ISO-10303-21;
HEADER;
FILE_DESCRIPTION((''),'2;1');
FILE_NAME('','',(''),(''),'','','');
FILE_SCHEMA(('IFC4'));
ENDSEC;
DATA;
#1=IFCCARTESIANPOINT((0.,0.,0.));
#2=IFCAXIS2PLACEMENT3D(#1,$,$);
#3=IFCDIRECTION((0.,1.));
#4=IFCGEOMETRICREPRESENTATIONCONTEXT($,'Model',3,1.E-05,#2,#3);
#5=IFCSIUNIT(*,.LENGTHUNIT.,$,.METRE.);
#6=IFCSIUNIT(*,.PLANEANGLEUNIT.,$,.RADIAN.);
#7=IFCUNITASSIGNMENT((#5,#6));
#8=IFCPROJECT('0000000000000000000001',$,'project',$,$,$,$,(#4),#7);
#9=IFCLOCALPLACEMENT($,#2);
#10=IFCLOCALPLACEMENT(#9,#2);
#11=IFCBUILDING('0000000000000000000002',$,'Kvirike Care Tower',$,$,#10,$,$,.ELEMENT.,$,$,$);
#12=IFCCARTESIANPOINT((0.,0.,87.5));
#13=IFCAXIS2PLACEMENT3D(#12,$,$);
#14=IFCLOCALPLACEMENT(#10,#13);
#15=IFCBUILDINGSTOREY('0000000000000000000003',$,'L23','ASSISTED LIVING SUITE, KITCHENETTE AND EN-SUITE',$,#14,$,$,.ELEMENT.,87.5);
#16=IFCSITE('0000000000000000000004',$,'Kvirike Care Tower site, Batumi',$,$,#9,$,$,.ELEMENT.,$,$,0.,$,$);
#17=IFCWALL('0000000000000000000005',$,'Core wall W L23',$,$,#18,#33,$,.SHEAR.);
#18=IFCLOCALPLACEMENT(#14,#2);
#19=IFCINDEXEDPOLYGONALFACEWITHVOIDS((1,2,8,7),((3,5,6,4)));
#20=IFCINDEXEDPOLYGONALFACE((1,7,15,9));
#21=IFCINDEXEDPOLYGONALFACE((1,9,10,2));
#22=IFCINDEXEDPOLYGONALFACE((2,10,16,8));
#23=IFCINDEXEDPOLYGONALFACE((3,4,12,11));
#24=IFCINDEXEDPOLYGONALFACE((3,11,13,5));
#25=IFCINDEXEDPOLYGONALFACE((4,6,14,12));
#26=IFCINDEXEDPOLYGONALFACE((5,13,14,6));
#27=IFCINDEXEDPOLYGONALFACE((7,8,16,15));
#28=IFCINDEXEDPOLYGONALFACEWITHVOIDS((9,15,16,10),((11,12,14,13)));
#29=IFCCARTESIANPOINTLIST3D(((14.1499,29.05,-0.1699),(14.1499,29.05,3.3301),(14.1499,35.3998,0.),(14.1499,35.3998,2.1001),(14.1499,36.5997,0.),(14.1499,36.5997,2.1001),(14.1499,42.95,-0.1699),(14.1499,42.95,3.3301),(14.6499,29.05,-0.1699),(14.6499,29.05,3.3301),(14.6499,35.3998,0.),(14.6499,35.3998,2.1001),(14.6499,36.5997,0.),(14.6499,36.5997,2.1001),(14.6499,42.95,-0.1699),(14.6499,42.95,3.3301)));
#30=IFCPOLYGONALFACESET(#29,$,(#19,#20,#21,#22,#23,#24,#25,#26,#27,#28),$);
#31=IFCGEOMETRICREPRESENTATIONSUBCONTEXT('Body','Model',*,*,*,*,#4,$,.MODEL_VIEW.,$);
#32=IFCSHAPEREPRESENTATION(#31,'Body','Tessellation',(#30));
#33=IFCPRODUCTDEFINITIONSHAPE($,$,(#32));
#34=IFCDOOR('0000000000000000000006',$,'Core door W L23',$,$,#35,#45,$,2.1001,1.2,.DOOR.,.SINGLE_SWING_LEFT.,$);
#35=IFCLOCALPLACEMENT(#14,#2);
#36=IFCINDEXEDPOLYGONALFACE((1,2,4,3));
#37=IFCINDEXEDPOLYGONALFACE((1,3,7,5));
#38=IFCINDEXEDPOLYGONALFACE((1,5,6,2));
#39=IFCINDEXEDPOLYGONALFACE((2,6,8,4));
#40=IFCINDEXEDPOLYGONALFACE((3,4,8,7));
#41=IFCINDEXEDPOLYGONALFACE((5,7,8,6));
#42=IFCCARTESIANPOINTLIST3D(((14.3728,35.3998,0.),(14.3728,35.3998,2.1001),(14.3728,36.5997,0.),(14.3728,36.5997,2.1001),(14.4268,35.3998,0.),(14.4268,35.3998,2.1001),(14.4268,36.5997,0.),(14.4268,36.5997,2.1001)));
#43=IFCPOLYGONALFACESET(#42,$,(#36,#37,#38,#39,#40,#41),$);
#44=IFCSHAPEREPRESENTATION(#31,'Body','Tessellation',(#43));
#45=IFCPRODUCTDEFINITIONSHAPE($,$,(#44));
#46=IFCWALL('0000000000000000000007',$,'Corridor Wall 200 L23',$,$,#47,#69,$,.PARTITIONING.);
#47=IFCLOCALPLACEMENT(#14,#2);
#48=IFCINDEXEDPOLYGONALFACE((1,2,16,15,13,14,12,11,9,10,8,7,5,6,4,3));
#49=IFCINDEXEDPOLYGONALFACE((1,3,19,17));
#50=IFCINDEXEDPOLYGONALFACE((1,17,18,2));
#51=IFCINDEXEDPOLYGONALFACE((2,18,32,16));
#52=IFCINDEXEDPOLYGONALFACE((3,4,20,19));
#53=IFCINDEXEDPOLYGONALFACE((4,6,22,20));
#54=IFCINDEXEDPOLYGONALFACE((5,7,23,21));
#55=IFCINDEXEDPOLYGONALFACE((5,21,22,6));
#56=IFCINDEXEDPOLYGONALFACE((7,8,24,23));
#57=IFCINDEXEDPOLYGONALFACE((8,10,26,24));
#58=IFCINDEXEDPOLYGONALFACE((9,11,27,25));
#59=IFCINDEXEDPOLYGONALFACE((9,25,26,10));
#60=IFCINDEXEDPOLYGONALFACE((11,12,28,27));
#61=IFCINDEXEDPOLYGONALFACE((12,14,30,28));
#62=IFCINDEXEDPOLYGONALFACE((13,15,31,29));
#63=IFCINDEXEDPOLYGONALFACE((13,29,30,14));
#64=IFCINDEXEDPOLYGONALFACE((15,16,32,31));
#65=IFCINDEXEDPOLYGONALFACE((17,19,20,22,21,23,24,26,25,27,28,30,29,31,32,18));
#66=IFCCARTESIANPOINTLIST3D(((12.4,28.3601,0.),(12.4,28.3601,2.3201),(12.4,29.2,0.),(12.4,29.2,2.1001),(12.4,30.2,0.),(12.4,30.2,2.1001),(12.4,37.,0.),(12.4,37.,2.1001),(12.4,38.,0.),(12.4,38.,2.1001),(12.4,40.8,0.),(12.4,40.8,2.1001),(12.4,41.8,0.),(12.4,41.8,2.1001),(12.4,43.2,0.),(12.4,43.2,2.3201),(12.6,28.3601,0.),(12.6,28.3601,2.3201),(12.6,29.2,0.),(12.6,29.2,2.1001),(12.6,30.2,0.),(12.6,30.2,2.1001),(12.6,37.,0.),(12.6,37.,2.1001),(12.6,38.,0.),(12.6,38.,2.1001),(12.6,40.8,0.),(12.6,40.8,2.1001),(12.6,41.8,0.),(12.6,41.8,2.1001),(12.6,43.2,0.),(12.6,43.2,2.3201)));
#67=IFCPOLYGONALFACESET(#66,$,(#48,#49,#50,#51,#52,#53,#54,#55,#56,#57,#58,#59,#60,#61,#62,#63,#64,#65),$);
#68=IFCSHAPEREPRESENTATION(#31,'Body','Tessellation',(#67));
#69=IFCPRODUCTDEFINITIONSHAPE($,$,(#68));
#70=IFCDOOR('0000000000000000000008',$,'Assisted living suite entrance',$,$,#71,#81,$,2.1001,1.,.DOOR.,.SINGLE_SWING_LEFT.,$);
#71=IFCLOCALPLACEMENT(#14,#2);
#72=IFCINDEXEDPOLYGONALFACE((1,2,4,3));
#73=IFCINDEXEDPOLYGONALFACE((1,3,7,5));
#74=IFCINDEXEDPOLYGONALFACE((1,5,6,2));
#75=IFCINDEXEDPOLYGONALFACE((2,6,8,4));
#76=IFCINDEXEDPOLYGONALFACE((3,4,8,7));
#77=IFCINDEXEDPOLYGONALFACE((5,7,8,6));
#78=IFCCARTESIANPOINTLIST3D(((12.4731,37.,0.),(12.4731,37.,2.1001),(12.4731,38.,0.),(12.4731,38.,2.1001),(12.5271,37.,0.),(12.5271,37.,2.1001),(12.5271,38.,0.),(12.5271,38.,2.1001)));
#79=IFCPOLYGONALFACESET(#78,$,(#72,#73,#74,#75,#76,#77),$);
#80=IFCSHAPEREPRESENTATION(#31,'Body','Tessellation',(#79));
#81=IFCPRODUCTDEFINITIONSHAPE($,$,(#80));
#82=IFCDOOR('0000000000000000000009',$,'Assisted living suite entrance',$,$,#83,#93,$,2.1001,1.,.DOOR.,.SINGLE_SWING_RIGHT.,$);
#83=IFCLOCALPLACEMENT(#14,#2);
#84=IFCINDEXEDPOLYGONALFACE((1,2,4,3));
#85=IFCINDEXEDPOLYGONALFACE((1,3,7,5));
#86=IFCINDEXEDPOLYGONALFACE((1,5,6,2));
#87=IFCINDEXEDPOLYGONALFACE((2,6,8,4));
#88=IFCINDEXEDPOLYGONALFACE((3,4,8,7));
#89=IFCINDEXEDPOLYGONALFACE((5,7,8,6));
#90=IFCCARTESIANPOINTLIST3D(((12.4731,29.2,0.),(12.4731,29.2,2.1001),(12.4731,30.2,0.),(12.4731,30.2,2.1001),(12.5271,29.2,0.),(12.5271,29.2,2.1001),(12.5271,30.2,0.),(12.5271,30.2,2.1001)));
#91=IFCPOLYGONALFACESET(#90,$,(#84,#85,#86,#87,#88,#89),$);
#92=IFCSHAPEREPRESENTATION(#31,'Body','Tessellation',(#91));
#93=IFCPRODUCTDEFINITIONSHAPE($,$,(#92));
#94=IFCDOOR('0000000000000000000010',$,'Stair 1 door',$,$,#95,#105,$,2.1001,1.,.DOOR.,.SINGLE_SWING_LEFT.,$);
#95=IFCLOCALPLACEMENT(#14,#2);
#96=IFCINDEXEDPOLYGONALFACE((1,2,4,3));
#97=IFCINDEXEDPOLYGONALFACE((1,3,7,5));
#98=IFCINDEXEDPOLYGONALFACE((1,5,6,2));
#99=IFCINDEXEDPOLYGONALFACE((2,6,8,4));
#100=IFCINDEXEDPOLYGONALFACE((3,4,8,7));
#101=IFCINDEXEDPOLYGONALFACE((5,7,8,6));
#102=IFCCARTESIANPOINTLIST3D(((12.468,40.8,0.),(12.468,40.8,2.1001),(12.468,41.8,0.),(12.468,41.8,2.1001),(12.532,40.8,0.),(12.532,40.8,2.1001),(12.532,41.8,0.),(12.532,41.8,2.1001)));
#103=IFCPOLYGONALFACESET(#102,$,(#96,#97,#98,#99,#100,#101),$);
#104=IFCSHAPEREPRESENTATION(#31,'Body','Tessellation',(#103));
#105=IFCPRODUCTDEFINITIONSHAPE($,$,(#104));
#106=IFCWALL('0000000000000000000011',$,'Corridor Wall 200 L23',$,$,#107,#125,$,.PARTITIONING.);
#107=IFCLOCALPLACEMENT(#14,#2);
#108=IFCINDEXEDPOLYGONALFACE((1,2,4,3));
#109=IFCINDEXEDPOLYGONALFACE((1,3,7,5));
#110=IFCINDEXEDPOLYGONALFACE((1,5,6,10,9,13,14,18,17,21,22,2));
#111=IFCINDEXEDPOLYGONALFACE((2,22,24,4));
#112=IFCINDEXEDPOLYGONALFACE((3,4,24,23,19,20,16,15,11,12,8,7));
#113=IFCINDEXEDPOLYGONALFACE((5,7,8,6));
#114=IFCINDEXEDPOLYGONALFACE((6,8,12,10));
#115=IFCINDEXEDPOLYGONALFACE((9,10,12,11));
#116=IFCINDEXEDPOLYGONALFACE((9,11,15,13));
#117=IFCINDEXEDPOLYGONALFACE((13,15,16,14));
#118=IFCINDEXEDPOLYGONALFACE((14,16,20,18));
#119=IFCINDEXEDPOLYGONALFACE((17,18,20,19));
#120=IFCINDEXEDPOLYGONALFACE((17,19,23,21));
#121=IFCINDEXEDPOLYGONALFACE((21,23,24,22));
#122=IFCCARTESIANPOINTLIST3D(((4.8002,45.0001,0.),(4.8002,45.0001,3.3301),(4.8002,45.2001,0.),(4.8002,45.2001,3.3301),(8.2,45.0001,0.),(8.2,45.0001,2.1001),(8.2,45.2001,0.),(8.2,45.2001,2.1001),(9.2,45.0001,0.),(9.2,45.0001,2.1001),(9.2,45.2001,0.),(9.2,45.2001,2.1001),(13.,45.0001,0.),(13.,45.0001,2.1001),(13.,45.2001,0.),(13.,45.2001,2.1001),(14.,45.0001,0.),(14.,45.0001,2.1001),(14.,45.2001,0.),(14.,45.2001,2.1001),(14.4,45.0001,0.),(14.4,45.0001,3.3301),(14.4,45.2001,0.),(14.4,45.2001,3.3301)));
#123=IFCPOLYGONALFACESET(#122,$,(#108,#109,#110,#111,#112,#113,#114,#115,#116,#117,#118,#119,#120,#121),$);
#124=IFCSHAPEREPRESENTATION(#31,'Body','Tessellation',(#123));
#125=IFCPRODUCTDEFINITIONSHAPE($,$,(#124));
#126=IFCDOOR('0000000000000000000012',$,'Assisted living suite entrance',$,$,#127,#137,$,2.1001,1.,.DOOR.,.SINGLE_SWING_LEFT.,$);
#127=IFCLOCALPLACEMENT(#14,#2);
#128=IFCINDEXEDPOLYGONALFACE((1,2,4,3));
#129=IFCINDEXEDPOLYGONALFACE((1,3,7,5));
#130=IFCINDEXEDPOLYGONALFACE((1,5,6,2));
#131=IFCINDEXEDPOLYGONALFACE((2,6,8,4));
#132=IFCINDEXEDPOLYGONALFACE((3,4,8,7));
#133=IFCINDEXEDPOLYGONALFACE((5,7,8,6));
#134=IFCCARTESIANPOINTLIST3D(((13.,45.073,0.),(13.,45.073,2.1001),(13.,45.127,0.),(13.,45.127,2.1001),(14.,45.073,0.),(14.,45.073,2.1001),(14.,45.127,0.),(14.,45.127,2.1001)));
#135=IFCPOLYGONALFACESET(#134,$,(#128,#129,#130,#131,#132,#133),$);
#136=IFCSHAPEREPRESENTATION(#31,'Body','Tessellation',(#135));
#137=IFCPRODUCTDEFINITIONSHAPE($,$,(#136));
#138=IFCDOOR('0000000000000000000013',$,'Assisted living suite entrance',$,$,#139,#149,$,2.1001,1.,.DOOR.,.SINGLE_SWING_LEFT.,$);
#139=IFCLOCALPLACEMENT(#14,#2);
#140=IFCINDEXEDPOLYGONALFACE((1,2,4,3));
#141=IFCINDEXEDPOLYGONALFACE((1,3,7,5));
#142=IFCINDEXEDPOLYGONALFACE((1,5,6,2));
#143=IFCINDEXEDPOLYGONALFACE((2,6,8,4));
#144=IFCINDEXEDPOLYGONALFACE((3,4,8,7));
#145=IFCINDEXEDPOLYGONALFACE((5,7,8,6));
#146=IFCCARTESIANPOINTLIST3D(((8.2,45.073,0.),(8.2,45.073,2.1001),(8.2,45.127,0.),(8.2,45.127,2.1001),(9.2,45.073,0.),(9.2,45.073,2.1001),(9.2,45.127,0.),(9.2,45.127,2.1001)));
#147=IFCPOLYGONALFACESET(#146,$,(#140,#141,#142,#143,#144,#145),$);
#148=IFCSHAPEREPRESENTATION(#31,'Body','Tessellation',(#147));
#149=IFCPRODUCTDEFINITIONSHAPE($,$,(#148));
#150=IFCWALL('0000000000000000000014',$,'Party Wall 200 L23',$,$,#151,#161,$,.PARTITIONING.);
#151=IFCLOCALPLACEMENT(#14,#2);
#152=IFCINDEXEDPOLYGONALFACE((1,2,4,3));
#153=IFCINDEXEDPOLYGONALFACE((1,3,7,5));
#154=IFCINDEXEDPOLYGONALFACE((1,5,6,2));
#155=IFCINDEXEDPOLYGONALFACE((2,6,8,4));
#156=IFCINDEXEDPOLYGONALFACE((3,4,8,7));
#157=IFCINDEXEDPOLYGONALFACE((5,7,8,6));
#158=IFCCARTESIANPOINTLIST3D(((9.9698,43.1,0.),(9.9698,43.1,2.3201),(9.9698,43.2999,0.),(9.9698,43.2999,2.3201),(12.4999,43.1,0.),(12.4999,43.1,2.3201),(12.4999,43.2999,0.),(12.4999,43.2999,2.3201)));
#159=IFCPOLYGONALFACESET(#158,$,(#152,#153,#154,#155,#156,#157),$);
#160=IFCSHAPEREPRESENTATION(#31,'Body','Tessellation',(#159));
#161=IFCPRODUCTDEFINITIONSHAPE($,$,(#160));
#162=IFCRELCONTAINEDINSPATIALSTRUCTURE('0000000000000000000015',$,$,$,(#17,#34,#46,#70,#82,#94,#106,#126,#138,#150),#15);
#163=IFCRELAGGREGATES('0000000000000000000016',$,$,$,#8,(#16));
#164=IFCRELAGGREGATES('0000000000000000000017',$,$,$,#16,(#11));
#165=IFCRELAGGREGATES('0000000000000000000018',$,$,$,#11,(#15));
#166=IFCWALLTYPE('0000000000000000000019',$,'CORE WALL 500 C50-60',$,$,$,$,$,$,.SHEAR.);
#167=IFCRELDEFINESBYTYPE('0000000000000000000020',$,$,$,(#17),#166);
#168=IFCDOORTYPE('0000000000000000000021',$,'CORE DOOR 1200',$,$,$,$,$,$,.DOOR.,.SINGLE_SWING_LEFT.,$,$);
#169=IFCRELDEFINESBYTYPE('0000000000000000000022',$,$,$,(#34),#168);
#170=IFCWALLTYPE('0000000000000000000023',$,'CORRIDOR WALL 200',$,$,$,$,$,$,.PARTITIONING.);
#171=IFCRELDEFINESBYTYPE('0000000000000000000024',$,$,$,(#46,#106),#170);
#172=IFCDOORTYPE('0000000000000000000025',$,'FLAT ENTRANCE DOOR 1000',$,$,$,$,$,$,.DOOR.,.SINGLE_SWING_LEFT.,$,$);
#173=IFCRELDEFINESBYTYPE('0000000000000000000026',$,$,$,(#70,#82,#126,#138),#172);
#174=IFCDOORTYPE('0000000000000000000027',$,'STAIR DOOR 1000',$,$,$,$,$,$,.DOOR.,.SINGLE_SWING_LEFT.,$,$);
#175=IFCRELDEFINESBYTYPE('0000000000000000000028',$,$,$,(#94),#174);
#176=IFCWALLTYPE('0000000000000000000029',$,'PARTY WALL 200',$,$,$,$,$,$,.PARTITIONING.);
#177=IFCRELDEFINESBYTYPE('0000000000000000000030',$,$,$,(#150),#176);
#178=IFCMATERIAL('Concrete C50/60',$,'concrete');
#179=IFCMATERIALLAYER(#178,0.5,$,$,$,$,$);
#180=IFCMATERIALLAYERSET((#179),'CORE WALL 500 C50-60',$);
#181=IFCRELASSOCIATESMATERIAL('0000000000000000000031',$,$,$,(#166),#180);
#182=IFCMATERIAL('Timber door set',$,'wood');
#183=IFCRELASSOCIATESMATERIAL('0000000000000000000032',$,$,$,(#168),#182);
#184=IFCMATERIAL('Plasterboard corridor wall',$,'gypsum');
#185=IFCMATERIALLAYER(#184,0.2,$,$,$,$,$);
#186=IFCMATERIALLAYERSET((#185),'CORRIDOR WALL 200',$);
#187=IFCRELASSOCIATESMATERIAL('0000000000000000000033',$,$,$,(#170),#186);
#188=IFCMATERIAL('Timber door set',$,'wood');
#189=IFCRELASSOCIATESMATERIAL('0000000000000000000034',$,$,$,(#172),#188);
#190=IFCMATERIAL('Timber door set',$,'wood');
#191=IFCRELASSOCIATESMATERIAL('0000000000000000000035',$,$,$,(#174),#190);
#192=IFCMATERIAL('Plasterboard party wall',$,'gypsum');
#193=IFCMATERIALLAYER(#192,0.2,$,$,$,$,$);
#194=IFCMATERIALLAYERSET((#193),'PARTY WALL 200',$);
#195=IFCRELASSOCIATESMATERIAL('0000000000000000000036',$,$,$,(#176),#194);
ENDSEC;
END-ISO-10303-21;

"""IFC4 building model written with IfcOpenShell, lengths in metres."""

from ifc_helpers import new_model, si_unit, direction, frame, frame_2d, origin, place, context, subcontext, project, spatial, rectangle, extrude, material, layer, layer_set, type_object, element, fill, save


model = new_model("IFC4")

# Units and contexts
model_context = context("Model", 3, precision=1e-05, world=origin(), true_north=direction((0.0, 1.0)))
body_context = subcontext(model_context, "Body", "Model", "MODEL_VIEW")
ifc_project = project(units=[si_unit("LENGTHUNIT", "METRE"), si_unit("PLANEANGLEUNIT", "RADIAN")], contexts=[model_context])

# Site, building, storey
site_placement = place(None, origin())
site = spatial("IfcSite", under=ifc_project, at=site_placement, Name="Kvirike Care Tower site, Batumi", CompositionType="ELEMENT", RefElevation=0.0)
building_placement = place(site_placement, origin())
building = spatial("IfcBuilding", under=site, at=building_placement, Name="Kvirike Care Tower", CompositionType="ELEMENT")
storey_placement = place(building_placement, frame((0.0, 0.0, 87.5)))
storey = spatial("IfcBuildingStorey", under=building, at=storey_placement, Name="L23", Description="ASSISTED LIVING SUITE, KITCHENETTE AND EN-SUITE", CompositionType="ELEMENT", Elevation=87.5)

# Wall, opening, door
ifc_material_1 = material(Name="Concrete C50/60", Category="concrete")
ifc_layer_1 = layer(ifc_material_1, 0.5)
ifc_layer_set_1 = layer_set([ifc_layer_1], Name="CORE WALL 500 C50-60")
wall_type_1 = type_object("IfcWallType", Name="CORE WALL 500 C50-60", PredefinedType="SHEAR", material=ifc_layer_set_1)
wall_1_placement = place(storey_placement, frame((14.3999, 42.95, -0.1699), z_axis=(0.0, 0.0, 1.0), x_axis=(0.0, -1.0, 0.0)))
wall_1 = element("IfcWall", 1, at=wall_1_placement, inside=storey, type_object=wall_type_1, Name="Core wall W L23", PredefinedType="SHEAR", context=body_context, shape_type="SweptSolid", body=[
    extrude(rectangle(XDim=13.8999, YDim=0.5, at=frame_2d((6.95, 0.0))), origin(), (0.0, 0.0, 1.0), 3.5),
])
opening_1_placement = place(wall_1_placement, frame((6.3501, 0.0, 0.1699)))
opening_1 = element("IfcOpeningElement", 2, at=opening_1_placement, cuts=wall_1, PredefinedType="OPENING", context=body_context, shape_type="SweptSolid", body=[
    extrude(rectangle(XDim=1.2, YDim=2.1001, at=frame_2d((0.6001, 1.05))), frame((0.0, 0.2605, 0.0), z_axis=(0.0, -1.0, 0.0), x_axis=(1.0, 0.0, 0.0)), (0.0, 0.0, 1.0), 0.521),
])
ifc_material_2 = material(Name="Timber door set", Category="wood")
door_type_1 = type_object("IfcDoorType", Name="CORE DOOR 1200", OperationType="SINGLE_SWING_LEFT", PredefinedType="DOOR", material=ifc_material_2)
door_1_placement = place(opening_1_placement, origin())
door_1 = element("IfcDoor", 3, at=door_1_placement, inside=storey, type_object=door_type_1, Name="Core door W L23", OperationType="SINGLE_SWING_LEFT", OverallHeight=2.1001, OverallWidth=1.2, PredefinedType="DOOR", context=body_context, shape_type="SweptSolid", body=[
    extrude(rectangle(XDim=1.2, YDim=2.1001, at=frame_2d((0.6001, 1.05))), frame((0.0, 0.0269, 0.0), z_axis=(0.0, -1.0, 0.0), x_axis=(1.0, 0.0, 0.0)), (0.0, 0.0, 1.0), 0.054),
])
fill(opening_1, door_1)

# Walls, openings, doors
ifc_material_3 = material(Name="Plasterboard corridor wall", Category="gypsum")
ifc_layer_2 = layer(ifc_material_3, 0.2)
ifc_layer_set_2 = layer_set([ifc_layer_2], Name="CORRIDOR WALL 200")
wall_type_2 = type_object("IfcWallType", Name="CORRIDOR WALL 200", PredefinedType="PARTITIONING", material=ifc_layer_set_2)
wall_2_placement = place(storey_placement, frame((12.5, 43.2, 0.0), z_axis=(0.0, 0.0, 1.0), x_axis=(0.0, -1.0, 0.0)))
wall_2 = element("IfcWall", 4, at=wall_2_placement, inside=storey, type_object=wall_type_2, Name="Corridor Wall 200 L23", PredefinedType="PARTITIONING", context=body_context, shape_type="SweptSolid", body=[
    extrude(rectangle(XDim=14.8398, YDim=0.2, at=frame_2d((7.4199, 0.0))), origin(), (0.0, 0.0, 1.0), 2.3201),
])
opening_2_placement = place(wall_2_placement, frame((1.3999, 0.0, 0.0)))
opening_2 = element("IfcOpeningElement", 5, at=opening_2_placement, cuts=wall_2, PredefinedType="OPENING", context=body_context, shape_type="SweptSolid", body=[
    extrude(rectangle(XDim=1.0, YDim=2.1001, at=frame_2d((0.5, 1.05))), frame((0.0, 0.1106, 0.0), z_axis=(0.0, -1.0, 0.0), x_axis=(1.0, 0.0, 0.0)), (0.0, 0.0, 1.0), 0.2209),
])
opening_3_placement = place(wall_2_placement, frame((5.2, 0.0, 0.0)))
opening_3 = element("IfcOpeningElement", 6, at=opening_3_placement, cuts=wall_2, PredefinedType="OPENING", context=body_context, shape_type="SweptSolid", body=[
    extrude(rectangle(XDim=1.0, YDim=2.1001, at=frame_2d((0.5, 1.05))), frame((0.0, 0.1106, 0.0), z_axis=(0.0, -1.0, 0.0), x_axis=(1.0, 0.0, 0.0)), (0.0, 0.0, 1.0), 0.2209),
])
opening_4_placement = place(wall_2_placement, frame((13.0, 0.0, 0.0)))
opening_4 = element("IfcOpeningElement", 7, at=opening_4_placement, cuts=wall_2, PredefinedType="OPENING", context=body_context, shape_type="SweptSolid", body=[
    extrude(rectangle(XDim=1.0, YDim=2.1001, at=frame_2d((0.5, 1.05))), frame((0.0, 0.1106, 0.0), z_axis=(0.0, -1.0, 0.0), x_axis=(1.0, 0.0, 0.0)), (0.0, 0.0, 1.0), 0.2209),
])
ifc_material_4 = material(Name="Timber door set", Category="wood")
door_type_2 = type_object("IfcDoorType", Name="FLAT ENTRANCE DOOR 1000", OperationType="SINGLE_SWING_LEFT", PredefinedType="DOOR", material=ifc_material_4)
door_2_placement = place(opening_3_placement, frame((1.0, 0.0, 0.0), z_axis=(0.0, 0.0, 1.0), x_axis=(-1.0, 0.0, 0.0)))
door_2 = element("IfcDoor", 8, at=door_2_placement, inside=storey, type_object=door_type_2, Name="Assisted living suite entrance", OperationType="SINGLE_SWING_LEFT", OverallHeight=2.1001, OverallWidth=1.0, PredefinedType="DOOR", context=body_context, shape_type="SweptSolid", body=[
    extrude(rectangle(XDim=1.0, YDim=2.1001, at=frame_2d((0.5, 1.05))), frame((0.0, 0.0269, 0.0), z_axis=(0.0, -1.0, 0.0), x_axis=(1.0, 0.0, 0.0)), (0.0, 0.0, 1.0), 0.054),
])
fill(opening_3, door_2)
door_3_placement = place(opening_4_placement, frame((1.0, 0.0, 0.0), z_axis=(0.0, 0.0, 1.0), x_axis=(-1.0, 0.0, 0.0)))
door_3 = element("IfcDoor", 9, at=door_3_placement, inside=storey, type_object=door_type_2, Name="Assisted living suite entrance", OperationType="SINGLE_SWING_RIGHT", OverallHeight=2.1001, OverallWidth=1.0, PredefinedType="DOOR", context=body_context, shape_type="SweptSolid", body=[
    extrude(rectangle(XDim=1.0, YDim=2.1001, at=frame_2d((0.5, 1.05))), frame((0.0, 0.0269, 0.0), z_axis=(0.0, -1.0, 0.0), x_axis=(1.0, 0.0, 0.0)), (0.0, 0.0, 1.0), 0.054),
])
fill(opening_4, door_3)
ifc_material_5 = material(Name="Timber door set", Category="wood")
door_type_3 = type_object("IfcDoorType", Name="STAIR DOOR 1000", OperationType="SINGLE_SWING_LEFT", PredefinedType="DOOR", material=ifc_material_5)
door_4_placement = place(opening_2_placement, frame((1.0, 0.0, 0.0), z_axis=(0.0, 0.0, 1.0), x_axis=(-1.0, 0.0, 0.0)))
door_4 = element("IfcDoor", 10, at=door_4_placement, inside=storey, type_object=door_type_3, Name="Stair 1 door", OperationType="SINGLE_SWING_LEFT", OverallHeight=2.1001, OverallWidth=1.0, PredefinedType="DOOR", context=body_context, shape_type="SweptSolid", body=[
    extrude(rectangle(XDim=1.0, YDim=2.1001, at=frame_2d((0.5, 1.05))), frame((0.0, 0.032, 0.0), z_axis=(0.0, -1.0, 0.0), x_axis=(1.0, 0.0, 0.0)), (0.0, 0.0, 1.0), 0.064),
])
fill(opening_2, door_4)
wall_3_placement = place(storey_placement, frame((14.3999, 45.1001, 0.0), z_axis=(0.0, 0.0, 1.0), x_axis=(-1.0, 0.0, 0.0)))
wall_3 = element("IfcWall", 11, at=wall_3_placement, inside=storey, type_object=wall_type_2, Name="Corridor Wall 200 L23", PredefinedType="PARTITIONING", context=body_context, shape_type="SweptSolid", body=[
    extrude(rectangle(XDim=9.5999, YDim=0.2, at=frame_2d((4.7998, 0.0))), origin(), (0.0, 0.0, 1.0), 3.3301),
])
opening_5_placement = place(wall_3_placement, frame((0.3999, 0.0, 0.0)))
opening_5 = element("IfcOpeningElement", 12, at=opening_5_placement, cuts=wall_3, PredefinedType="OPENING", context=body_context, shape_type="SweptSolid", body=[
    extrude(rectangle(XDim=1.0, YDim=2.1001, at=frame_2d((0.5, 1.05))), frame((0.0, 0.1106, 0.0), z_axis=(0.0, -1.0, 0.0), x_axis=(1.0, 0.0, 0.0)), (0.0, 0.0, 1.0), 0.2209),
])
opening_6_placement = place(wall_3_placement, frame((5.2, 0.0, 0.0)))
opening_6 = element("IfcOpeningElement", 13, at=opening_6_placement, cuts=wall_3, PredefinedType="OPENING", context=body_context, shape_type="SweptSolid", body=[
    extrude(rectangle(XDim=1.0, YDim=2.1001, at=frame_2d((0.5, 1.05))), frame((0.0, 0.1106, 0.0), z_axis=(0.0, -1.0, 0.0), x_axis=(1.0, 0.0, 0.0)), (0.0, 0.0, 1.0), 0.2209),
])
door_5_placement = place(opening_5_placement, frame((1.0, 0.0, 0.0), z_axis=(0.0, 0.0, 1.0), x_axis=(-1.0, 0.0, 0.0)))
door_5 = element("IfcDoor", 14, at=door_5_placement, inside=storey, type_object=door_type_2, Name="Assisted living suite entrance", OperationType="SINGLE_SWING_LEFT", OverallHeight=2.1001, OverallWidth=1.0, PredefinedType="DOOR", context=body_context, shape_type="SweptSolid", body=[
    extrude(rectangle(XDim=1.0, YDim=2.1001, at=frame_2d((0.5, 1.05))), frame((0.0, 0.0269, 0.0), z_axis=(0.0, -1.0, 0.0), x_axis=(1.0, 0.0, 0.0)), (0.0, 0.0, 1.0), 0.054),
])
fill(opening_5, door_5)
door_6_placement = place(opening_6_placement, frame((1.0, 0.0, 0.0), z_axis=(0.0, 0.0, 1.0), x_axis=(-1.0, 0.0, 0.0)))
door_6 = element("IfcDoor", 15, at=door_6_placement, inside=storey, type_object=door_type_2, Name="Assisted living suite entrance", OperationType="SINGLE_SWING_LEFT", OverallHeight=2.1001, OverallWidth=1.0, PredefinedType="DOOR", context=body_context, shape_type="SweptSolid", body=[
    extrude(rectangle(XDim=1.0, YDim=2.1001, at=frame_2d((0.5, 1.05))), frame((0.0, 0.0269, 0.0), z_axis=(0.0, -1.0, 0.0), x_axis=(1.0, 0.0, 0.0)), (0.0, 0.0, 1.0), 0.054),
])
fill(opening_6, door_6)

# Wall
ifc_material_6 = material(Name="Plasterboard party wall", Category="gypsum")
ifc_layer_3 = layer(ifc_material_6, 0.2)
ifc_layer_set_3 = layer_set([ifc_layer_3], Name="PARTY WALL 200")
wall_type_3 = type_object("IfcWallType", Name="PARTY WALL 200", PredefinedType="PARTITIONING", material=ifc_layer_set_3)
wall_4_placement = place(storey_placement, frame((12.5, 43.2, 0.0), z_axis=(0.0, 0.0, 1.0), x_axis=(-1.0, 0.0, 0.0)))
element("IfcWall", 16, at=wall_4_placement, inside=storey, type_object=wall_type_3, Name="Party Wall 200 L23", PredefinedType="PARTITIONING", context=body_context, shape_type="SweptSolid", body=[
    extrude(rectangle(XDim=2.53, YDim=0.2, at=frame_2d((1.2651, 0.0))), origin(), (0.0, 0.0, 1.0), 2.3201),
])

save(model, "model.ifc")
